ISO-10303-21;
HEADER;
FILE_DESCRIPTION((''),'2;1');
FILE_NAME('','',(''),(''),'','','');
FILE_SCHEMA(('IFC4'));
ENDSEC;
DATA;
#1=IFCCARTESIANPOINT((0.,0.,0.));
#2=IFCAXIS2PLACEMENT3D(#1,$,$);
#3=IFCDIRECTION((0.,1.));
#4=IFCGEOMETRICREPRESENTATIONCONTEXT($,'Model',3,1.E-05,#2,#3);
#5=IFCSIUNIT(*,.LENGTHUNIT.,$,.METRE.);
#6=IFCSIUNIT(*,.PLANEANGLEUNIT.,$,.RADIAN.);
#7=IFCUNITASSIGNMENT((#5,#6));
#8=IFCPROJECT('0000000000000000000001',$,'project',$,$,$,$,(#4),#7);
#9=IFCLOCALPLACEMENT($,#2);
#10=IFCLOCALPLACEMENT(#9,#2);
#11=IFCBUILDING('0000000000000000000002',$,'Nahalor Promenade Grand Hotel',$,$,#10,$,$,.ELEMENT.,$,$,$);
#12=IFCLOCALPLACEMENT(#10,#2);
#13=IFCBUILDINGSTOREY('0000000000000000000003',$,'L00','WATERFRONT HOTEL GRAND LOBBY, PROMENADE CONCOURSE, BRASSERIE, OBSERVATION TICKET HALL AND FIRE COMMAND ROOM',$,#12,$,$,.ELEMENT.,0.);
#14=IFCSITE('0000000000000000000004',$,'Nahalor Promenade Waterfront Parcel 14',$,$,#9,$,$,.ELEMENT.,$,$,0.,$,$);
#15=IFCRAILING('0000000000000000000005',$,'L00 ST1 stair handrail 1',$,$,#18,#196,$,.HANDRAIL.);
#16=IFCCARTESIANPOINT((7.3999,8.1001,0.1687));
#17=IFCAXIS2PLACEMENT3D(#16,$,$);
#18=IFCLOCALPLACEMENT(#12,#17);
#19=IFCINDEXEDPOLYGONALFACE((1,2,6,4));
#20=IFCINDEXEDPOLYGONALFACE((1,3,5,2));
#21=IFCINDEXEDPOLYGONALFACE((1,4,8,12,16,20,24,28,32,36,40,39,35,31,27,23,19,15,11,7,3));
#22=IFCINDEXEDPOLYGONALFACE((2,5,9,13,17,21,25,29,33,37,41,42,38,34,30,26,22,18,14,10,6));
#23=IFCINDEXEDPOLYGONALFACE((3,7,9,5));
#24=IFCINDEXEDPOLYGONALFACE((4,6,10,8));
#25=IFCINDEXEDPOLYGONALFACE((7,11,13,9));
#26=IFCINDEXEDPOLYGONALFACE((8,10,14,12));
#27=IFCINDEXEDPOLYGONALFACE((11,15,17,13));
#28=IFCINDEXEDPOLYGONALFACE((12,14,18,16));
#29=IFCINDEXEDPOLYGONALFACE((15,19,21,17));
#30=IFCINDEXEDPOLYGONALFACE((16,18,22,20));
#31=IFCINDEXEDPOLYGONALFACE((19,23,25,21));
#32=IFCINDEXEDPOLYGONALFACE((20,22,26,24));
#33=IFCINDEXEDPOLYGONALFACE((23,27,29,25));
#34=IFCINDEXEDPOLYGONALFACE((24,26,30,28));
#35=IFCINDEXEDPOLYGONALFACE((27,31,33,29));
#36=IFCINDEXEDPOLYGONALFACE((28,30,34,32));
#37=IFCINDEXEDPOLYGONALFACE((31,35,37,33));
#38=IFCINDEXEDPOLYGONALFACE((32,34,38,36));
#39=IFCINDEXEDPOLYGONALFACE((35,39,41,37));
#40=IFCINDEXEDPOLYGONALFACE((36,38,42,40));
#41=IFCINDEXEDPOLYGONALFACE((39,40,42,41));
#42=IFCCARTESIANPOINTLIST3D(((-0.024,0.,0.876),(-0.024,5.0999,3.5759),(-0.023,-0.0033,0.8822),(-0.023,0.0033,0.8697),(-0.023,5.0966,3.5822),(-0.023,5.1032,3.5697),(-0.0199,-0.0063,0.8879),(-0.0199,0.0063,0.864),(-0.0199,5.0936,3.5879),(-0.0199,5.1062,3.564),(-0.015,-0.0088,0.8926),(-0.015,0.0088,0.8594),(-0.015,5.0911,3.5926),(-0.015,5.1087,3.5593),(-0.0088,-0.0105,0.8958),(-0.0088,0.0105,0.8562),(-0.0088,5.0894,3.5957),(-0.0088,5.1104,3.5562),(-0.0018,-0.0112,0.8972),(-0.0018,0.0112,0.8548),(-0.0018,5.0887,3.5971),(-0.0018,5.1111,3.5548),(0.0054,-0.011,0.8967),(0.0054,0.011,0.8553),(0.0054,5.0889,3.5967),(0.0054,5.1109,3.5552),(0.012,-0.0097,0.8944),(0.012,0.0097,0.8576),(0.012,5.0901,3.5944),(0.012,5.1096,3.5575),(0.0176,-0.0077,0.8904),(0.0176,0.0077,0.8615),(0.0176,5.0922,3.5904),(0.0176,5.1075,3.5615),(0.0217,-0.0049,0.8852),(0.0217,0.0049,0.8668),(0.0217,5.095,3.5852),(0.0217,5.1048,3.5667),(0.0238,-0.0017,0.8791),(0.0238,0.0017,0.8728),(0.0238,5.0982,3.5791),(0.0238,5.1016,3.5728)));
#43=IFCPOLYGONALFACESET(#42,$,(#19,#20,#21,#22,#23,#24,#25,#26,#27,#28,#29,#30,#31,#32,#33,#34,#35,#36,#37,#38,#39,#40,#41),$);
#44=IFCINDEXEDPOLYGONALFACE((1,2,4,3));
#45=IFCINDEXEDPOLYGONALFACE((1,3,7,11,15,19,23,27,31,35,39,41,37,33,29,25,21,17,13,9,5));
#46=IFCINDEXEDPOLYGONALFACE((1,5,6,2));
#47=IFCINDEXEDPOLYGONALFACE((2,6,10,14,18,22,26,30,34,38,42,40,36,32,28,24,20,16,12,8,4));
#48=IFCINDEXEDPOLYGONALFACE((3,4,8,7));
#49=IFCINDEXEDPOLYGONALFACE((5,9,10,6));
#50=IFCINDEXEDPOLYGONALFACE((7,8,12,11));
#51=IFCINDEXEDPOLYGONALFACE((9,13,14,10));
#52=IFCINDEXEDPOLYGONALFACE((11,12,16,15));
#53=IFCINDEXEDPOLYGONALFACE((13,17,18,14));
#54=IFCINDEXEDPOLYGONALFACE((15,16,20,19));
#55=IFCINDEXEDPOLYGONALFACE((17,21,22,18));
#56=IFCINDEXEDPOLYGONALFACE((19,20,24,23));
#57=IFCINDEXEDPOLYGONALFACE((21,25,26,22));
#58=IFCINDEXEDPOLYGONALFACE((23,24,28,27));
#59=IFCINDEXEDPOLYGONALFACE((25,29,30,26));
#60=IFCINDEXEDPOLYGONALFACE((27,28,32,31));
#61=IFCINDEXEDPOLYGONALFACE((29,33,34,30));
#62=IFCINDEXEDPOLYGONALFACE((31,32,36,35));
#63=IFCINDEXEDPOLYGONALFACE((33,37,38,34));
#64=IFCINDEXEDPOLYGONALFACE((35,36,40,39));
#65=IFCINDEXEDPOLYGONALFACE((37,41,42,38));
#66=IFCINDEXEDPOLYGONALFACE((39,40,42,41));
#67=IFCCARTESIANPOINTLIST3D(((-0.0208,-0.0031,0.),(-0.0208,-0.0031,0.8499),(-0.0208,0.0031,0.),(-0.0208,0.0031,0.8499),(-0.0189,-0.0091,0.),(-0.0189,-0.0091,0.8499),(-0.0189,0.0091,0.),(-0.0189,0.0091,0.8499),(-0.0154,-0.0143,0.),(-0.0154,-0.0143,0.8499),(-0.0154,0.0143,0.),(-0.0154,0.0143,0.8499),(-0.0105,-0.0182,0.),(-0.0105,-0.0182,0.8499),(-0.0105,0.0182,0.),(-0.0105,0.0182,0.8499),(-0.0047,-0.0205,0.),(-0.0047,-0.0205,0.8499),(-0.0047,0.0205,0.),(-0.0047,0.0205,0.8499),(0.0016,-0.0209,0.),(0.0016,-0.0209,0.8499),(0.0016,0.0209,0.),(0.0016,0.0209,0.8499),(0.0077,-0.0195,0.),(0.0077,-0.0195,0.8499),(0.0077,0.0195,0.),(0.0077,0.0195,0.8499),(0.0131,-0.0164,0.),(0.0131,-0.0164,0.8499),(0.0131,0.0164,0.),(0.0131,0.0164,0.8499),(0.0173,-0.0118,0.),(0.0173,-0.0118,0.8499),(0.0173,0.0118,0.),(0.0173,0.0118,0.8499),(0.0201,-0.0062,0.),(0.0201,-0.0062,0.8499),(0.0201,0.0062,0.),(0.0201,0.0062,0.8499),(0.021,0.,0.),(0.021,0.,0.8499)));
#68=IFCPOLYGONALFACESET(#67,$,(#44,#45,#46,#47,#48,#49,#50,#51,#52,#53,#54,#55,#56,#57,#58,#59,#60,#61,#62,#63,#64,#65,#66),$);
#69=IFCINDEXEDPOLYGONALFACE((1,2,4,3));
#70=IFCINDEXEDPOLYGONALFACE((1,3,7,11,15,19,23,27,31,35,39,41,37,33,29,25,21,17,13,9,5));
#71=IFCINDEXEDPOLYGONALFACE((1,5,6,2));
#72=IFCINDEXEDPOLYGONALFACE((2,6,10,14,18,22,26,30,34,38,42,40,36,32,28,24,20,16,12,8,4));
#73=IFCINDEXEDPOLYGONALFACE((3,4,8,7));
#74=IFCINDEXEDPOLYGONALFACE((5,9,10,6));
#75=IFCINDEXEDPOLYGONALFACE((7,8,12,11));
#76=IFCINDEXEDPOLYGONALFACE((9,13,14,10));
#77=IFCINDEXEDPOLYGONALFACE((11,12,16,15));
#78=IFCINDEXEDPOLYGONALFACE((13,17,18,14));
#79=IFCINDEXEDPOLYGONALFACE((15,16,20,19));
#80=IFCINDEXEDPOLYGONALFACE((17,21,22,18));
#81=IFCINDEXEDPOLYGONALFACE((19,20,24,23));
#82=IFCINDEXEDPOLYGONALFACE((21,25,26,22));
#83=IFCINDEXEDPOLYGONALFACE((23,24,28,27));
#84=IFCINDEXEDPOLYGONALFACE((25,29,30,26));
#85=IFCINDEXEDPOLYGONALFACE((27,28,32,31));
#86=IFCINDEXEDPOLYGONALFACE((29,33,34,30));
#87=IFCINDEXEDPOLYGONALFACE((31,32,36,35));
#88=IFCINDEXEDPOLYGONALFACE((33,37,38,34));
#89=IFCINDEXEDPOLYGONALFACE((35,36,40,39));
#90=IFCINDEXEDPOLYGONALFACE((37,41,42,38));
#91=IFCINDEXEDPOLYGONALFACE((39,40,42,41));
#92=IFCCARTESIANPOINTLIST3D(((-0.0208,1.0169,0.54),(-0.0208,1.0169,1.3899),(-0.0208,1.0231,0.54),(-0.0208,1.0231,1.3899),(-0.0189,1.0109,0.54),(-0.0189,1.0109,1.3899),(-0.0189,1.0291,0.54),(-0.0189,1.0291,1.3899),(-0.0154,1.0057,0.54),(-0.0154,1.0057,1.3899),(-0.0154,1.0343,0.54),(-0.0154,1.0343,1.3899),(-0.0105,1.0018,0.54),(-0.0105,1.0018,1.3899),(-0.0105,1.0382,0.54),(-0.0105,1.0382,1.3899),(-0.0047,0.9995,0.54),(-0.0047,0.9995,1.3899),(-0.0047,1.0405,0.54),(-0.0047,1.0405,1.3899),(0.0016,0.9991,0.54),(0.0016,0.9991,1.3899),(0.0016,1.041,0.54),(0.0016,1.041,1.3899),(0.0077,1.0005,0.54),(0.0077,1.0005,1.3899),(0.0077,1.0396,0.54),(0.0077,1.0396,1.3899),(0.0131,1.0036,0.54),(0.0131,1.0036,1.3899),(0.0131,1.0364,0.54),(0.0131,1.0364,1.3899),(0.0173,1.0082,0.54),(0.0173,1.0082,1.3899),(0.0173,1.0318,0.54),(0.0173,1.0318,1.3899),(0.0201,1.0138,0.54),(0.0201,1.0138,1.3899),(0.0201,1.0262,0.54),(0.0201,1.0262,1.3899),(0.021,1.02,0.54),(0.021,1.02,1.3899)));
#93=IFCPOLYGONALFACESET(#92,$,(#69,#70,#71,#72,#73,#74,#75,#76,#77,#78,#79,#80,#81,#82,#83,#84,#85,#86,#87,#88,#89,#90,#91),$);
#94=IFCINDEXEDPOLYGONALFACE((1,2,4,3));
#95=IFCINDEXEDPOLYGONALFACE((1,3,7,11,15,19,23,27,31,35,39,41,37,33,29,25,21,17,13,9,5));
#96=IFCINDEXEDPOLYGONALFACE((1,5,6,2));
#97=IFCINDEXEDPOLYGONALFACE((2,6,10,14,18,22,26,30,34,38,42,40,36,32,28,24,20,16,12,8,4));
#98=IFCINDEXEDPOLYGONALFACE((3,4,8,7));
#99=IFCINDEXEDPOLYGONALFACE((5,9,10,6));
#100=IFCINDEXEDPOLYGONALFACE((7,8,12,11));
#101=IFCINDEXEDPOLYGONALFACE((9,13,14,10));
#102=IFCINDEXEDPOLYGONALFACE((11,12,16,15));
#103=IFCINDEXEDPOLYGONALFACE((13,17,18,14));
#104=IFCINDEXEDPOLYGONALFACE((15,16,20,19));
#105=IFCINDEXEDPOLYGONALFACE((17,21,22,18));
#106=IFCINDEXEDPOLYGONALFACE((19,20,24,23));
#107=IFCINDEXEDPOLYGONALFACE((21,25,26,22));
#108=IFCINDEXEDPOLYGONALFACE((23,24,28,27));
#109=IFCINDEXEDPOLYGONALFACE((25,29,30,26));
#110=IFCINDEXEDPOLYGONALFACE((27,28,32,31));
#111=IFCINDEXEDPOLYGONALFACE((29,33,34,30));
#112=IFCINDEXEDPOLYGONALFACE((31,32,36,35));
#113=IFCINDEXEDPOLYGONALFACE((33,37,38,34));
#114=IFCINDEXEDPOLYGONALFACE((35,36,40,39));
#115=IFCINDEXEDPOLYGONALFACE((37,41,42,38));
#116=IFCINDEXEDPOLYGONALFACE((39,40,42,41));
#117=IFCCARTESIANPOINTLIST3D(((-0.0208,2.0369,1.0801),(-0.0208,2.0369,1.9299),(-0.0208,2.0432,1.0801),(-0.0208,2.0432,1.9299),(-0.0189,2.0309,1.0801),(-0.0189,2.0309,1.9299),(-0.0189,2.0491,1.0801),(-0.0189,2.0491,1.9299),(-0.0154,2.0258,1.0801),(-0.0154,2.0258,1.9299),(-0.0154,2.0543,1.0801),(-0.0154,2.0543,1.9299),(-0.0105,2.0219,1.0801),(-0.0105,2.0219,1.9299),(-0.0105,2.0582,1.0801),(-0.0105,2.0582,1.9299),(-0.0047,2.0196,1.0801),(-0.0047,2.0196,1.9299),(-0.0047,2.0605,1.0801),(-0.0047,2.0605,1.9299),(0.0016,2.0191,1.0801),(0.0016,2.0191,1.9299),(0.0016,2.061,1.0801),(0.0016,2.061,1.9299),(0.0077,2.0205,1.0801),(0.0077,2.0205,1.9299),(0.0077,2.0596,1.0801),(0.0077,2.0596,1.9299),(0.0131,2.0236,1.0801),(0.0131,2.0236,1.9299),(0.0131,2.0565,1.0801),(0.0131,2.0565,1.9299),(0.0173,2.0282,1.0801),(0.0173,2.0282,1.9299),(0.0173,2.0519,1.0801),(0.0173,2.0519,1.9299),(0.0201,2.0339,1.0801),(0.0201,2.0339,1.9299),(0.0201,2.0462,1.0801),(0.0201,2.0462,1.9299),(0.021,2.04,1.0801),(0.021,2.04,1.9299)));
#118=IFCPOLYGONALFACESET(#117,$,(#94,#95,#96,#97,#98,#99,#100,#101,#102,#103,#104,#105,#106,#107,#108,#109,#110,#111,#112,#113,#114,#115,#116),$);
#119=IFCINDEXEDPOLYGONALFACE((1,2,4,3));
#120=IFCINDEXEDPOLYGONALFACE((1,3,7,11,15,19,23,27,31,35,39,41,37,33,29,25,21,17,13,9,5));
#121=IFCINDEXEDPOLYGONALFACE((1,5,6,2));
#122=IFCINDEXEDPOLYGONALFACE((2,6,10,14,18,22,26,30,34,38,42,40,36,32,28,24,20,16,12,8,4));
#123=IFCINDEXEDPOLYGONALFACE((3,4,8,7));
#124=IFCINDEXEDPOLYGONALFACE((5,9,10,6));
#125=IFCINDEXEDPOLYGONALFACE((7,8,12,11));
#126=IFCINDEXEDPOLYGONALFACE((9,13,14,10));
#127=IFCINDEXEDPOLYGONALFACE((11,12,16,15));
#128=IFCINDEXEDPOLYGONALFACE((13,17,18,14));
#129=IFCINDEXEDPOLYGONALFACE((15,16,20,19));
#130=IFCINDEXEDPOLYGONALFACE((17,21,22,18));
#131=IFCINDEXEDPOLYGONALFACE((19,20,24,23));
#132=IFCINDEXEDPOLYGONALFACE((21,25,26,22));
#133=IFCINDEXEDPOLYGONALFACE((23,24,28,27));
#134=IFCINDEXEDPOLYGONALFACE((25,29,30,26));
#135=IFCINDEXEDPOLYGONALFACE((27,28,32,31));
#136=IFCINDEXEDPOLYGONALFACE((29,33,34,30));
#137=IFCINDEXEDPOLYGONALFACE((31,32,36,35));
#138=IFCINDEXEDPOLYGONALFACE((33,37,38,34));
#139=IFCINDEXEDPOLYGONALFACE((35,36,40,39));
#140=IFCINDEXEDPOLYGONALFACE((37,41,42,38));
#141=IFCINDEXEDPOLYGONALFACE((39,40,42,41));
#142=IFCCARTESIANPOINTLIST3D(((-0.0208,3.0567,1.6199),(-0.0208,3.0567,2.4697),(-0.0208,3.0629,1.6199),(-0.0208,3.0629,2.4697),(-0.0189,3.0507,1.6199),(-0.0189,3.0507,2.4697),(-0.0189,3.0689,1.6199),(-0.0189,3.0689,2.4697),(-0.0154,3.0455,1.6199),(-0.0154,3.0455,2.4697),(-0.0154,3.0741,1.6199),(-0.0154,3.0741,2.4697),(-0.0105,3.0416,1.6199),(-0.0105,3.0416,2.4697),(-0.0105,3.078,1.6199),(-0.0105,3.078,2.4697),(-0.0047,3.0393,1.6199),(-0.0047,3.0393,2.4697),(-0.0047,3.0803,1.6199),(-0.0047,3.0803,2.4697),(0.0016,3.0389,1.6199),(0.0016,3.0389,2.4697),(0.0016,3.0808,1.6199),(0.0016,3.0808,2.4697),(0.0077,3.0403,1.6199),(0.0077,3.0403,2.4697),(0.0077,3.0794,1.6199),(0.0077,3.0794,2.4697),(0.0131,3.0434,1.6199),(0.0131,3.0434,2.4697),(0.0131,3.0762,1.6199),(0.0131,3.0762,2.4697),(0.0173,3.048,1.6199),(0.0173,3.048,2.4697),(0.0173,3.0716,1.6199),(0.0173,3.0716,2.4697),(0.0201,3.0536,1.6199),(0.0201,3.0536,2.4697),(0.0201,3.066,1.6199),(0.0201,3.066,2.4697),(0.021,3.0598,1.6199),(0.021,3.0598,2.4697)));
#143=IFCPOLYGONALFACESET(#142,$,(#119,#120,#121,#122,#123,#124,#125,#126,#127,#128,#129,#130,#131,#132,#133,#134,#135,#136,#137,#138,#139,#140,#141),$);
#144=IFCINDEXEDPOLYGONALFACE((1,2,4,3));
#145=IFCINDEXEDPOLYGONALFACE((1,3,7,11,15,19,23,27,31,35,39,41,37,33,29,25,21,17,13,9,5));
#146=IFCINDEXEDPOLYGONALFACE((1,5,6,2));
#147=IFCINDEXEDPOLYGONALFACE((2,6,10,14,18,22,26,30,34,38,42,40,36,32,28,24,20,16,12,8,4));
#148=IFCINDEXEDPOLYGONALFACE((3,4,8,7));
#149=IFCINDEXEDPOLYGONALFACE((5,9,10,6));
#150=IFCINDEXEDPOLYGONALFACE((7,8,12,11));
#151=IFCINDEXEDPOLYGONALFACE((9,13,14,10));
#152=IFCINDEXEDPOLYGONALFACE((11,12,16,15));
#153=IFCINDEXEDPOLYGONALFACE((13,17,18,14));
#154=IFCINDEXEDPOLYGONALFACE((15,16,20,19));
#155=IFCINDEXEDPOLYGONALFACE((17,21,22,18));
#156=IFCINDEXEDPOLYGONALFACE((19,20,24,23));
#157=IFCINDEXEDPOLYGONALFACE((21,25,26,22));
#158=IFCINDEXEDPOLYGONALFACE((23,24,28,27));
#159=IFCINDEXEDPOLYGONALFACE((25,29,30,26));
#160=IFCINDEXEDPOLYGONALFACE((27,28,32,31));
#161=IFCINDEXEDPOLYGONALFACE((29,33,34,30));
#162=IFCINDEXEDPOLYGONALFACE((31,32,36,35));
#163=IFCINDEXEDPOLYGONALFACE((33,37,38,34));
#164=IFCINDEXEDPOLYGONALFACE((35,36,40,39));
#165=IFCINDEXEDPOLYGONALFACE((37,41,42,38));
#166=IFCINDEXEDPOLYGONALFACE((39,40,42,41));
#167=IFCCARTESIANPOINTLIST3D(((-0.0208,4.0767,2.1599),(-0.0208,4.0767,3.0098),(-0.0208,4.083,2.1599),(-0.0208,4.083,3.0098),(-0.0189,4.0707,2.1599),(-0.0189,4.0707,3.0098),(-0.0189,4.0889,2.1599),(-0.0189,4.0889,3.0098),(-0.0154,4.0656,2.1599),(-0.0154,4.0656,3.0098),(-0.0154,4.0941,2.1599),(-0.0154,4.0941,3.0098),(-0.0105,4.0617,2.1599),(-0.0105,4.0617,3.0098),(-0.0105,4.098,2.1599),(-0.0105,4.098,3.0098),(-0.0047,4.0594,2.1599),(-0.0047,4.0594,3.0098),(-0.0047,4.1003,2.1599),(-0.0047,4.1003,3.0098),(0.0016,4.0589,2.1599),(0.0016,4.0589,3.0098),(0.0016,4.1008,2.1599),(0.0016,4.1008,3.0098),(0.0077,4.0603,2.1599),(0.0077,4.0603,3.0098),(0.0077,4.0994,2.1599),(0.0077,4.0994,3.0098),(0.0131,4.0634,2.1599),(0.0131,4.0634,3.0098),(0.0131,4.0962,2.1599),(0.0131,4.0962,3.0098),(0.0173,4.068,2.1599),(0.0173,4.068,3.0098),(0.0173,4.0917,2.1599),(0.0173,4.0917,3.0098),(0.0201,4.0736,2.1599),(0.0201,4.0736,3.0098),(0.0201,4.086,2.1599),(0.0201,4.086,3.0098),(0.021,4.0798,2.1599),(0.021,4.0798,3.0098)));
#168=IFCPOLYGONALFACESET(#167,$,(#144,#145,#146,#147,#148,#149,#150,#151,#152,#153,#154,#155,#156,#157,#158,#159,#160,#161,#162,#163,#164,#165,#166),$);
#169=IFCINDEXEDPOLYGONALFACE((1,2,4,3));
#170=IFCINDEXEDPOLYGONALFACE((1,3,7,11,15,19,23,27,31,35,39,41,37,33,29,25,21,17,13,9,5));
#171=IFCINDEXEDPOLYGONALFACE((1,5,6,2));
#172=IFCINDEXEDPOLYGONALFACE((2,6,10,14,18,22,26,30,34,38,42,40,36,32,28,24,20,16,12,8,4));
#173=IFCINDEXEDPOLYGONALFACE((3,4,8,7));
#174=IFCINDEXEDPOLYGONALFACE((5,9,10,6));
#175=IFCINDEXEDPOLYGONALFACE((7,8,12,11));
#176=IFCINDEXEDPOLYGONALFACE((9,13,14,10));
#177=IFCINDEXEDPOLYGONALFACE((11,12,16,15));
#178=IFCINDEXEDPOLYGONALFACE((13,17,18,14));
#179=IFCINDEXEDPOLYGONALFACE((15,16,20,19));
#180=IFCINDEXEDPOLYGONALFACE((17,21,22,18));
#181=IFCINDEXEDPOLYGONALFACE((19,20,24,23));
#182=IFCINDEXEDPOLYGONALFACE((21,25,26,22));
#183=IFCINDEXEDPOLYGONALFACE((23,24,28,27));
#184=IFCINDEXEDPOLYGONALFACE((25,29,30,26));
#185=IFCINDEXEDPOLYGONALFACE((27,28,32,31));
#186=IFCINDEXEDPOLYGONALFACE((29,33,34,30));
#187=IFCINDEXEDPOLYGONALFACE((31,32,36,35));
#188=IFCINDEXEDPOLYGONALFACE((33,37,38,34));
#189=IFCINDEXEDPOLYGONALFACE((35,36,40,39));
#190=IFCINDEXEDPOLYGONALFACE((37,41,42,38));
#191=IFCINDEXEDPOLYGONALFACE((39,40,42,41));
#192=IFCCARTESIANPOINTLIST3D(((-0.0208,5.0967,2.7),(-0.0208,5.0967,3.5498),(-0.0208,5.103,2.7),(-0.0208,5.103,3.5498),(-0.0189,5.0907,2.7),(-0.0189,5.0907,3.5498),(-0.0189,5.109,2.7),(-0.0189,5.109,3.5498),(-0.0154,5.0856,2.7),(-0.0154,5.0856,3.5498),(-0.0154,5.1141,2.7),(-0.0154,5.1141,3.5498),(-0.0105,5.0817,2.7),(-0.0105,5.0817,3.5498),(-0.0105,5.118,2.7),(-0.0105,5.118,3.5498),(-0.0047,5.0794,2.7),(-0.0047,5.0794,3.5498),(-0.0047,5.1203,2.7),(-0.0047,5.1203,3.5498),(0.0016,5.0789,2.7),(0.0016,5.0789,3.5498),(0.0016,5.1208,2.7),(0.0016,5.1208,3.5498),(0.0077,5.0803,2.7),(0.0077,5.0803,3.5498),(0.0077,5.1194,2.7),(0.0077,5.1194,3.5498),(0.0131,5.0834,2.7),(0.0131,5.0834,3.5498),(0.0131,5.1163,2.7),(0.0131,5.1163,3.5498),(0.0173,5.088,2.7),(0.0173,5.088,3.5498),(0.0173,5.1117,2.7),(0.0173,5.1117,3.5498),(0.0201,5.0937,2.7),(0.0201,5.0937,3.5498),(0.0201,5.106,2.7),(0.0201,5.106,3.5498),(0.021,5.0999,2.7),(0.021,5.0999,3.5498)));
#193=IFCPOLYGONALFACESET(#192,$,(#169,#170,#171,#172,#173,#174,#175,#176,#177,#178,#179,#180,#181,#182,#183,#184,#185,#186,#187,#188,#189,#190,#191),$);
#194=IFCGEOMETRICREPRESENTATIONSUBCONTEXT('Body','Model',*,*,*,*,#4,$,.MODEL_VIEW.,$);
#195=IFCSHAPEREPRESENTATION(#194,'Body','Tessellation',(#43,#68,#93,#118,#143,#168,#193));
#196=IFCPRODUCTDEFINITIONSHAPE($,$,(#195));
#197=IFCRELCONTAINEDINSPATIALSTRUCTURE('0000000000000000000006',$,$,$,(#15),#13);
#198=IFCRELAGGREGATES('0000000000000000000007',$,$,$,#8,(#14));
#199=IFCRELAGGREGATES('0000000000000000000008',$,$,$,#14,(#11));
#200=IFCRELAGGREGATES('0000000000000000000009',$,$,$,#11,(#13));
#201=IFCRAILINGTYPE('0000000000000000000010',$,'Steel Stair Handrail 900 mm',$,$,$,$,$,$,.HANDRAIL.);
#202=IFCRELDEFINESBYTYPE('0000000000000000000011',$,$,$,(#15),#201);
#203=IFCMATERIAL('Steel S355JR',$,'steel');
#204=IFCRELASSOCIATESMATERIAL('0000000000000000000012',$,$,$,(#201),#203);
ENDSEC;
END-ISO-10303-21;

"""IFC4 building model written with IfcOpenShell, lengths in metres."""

from ifc_helpers import new_model, si_unit, direction, frame, origin, origin_2d, place, context, subcontext, project, spatial, circle, extrude, material, type_object, element, save


model = new_model("IFC4")

# Units and contexts
model_context = context("Model", 3, precision=1e-05, world=origin(), true_north=direction((0.0, 1.0)))
body_context = subcontext(model_context, "Body", "Model", "MODEL_VIEW")
ifc_project = project(units=[si_unit("LENGTHUNIT", "METRE"), si_unit("PLANEANGLEUNIT", "RADIAN")], contexts=[model_context])

# Site, building, storey
site_placement = place(None, origin())
site = spatial("IfcSite", under=ifc_project, at=site_placement, Name="Nahalor Promenade Waterfront Parcel 14", CompositionType="ELEMENT", RefElevation=0.0)
building_placement = place(site_placement, origin())
building = spatial("IfcBuilding", under=site, at=building_placement, Name="Nahalor Promenade Grand Hotel", CompositionType="ELEMENT")
storey_placement = place(building_placement, origin())
storey = spatial("IfcBuildingStorey", under=building, at=storey_placement, Name="L00", Description="WATERFRONT HOTEL GRAND LOBBY, PROMENADE CONCOURSE, BRASSERIE, OBSERVATION TICKET HALL AND FIRE COMMAND ROOM", CompositionType="ELEMENT", Elevation=0.0)

# Shared definitions
ifc_material_1 = material(Name="Steel S355JR", Category="steel")

# Railing
railing_type_1 = type_object("IfcRailingType", Name="Steel Stair Handrail 900 mm", PredefinedType="HANDRAIL", material=ifc_material_1)
railing_1_placement = place(storey_placement, frame((7.3999, 8.1001, 0.1687)))
element("IfcRailing", 1, at=railing_1_placement, inside=storey, type_object=railing_type_1, Name="L00 ST1 stair handrail 1", PredefinedType="HANDRAIL", context=body_context, shape_type="SweptSolid", body=[
    extrude(circle(Radius=0.024, at=origin_2d()), frame((0.0, 0.0, 0.876), z_axis=(0.0, 0.883786, 0.467892), x_axis=(-1.0, 0.0, 0.0)), (0.0, 0.0, 1.0), 5.7705),
    extrude(circle(Radius=0.021, at=origin_2d()), origin(), (0.0, 0.0, 1.0), 0.8499),
    extrude(circle(Radius=0.021, at=origin_2d()), frame((0.0, 1.02, 0.54)), (0.0, 0.0, 1.0), 0.8499),
    extrude(circle(Radius=0.021, at=origin_2d()), frame((0.0, 2.04, 1.0801)), (0.0, 0.0, 1.0), 0.8499),
    extrude(circle(Radius=0.021, at=origin_2d()), frame((0.0, 3.0598, 1.6199)), (0.0, 0.0, 1.0), 0.8499),
    extrude(circle(Radius=0.021, at=origin_2d()), frame((0.0, 4.0798, 2.1599)), (0.0, 0.0, 1.0), 0.8499),
    extrude(circle(Radius=0.021, at=origin_2d()), frame((0.0, 5.0999, 2.7)), (0.0, 0.0, 1.0), 0.8499),
])

save(model, "model.ifc")
